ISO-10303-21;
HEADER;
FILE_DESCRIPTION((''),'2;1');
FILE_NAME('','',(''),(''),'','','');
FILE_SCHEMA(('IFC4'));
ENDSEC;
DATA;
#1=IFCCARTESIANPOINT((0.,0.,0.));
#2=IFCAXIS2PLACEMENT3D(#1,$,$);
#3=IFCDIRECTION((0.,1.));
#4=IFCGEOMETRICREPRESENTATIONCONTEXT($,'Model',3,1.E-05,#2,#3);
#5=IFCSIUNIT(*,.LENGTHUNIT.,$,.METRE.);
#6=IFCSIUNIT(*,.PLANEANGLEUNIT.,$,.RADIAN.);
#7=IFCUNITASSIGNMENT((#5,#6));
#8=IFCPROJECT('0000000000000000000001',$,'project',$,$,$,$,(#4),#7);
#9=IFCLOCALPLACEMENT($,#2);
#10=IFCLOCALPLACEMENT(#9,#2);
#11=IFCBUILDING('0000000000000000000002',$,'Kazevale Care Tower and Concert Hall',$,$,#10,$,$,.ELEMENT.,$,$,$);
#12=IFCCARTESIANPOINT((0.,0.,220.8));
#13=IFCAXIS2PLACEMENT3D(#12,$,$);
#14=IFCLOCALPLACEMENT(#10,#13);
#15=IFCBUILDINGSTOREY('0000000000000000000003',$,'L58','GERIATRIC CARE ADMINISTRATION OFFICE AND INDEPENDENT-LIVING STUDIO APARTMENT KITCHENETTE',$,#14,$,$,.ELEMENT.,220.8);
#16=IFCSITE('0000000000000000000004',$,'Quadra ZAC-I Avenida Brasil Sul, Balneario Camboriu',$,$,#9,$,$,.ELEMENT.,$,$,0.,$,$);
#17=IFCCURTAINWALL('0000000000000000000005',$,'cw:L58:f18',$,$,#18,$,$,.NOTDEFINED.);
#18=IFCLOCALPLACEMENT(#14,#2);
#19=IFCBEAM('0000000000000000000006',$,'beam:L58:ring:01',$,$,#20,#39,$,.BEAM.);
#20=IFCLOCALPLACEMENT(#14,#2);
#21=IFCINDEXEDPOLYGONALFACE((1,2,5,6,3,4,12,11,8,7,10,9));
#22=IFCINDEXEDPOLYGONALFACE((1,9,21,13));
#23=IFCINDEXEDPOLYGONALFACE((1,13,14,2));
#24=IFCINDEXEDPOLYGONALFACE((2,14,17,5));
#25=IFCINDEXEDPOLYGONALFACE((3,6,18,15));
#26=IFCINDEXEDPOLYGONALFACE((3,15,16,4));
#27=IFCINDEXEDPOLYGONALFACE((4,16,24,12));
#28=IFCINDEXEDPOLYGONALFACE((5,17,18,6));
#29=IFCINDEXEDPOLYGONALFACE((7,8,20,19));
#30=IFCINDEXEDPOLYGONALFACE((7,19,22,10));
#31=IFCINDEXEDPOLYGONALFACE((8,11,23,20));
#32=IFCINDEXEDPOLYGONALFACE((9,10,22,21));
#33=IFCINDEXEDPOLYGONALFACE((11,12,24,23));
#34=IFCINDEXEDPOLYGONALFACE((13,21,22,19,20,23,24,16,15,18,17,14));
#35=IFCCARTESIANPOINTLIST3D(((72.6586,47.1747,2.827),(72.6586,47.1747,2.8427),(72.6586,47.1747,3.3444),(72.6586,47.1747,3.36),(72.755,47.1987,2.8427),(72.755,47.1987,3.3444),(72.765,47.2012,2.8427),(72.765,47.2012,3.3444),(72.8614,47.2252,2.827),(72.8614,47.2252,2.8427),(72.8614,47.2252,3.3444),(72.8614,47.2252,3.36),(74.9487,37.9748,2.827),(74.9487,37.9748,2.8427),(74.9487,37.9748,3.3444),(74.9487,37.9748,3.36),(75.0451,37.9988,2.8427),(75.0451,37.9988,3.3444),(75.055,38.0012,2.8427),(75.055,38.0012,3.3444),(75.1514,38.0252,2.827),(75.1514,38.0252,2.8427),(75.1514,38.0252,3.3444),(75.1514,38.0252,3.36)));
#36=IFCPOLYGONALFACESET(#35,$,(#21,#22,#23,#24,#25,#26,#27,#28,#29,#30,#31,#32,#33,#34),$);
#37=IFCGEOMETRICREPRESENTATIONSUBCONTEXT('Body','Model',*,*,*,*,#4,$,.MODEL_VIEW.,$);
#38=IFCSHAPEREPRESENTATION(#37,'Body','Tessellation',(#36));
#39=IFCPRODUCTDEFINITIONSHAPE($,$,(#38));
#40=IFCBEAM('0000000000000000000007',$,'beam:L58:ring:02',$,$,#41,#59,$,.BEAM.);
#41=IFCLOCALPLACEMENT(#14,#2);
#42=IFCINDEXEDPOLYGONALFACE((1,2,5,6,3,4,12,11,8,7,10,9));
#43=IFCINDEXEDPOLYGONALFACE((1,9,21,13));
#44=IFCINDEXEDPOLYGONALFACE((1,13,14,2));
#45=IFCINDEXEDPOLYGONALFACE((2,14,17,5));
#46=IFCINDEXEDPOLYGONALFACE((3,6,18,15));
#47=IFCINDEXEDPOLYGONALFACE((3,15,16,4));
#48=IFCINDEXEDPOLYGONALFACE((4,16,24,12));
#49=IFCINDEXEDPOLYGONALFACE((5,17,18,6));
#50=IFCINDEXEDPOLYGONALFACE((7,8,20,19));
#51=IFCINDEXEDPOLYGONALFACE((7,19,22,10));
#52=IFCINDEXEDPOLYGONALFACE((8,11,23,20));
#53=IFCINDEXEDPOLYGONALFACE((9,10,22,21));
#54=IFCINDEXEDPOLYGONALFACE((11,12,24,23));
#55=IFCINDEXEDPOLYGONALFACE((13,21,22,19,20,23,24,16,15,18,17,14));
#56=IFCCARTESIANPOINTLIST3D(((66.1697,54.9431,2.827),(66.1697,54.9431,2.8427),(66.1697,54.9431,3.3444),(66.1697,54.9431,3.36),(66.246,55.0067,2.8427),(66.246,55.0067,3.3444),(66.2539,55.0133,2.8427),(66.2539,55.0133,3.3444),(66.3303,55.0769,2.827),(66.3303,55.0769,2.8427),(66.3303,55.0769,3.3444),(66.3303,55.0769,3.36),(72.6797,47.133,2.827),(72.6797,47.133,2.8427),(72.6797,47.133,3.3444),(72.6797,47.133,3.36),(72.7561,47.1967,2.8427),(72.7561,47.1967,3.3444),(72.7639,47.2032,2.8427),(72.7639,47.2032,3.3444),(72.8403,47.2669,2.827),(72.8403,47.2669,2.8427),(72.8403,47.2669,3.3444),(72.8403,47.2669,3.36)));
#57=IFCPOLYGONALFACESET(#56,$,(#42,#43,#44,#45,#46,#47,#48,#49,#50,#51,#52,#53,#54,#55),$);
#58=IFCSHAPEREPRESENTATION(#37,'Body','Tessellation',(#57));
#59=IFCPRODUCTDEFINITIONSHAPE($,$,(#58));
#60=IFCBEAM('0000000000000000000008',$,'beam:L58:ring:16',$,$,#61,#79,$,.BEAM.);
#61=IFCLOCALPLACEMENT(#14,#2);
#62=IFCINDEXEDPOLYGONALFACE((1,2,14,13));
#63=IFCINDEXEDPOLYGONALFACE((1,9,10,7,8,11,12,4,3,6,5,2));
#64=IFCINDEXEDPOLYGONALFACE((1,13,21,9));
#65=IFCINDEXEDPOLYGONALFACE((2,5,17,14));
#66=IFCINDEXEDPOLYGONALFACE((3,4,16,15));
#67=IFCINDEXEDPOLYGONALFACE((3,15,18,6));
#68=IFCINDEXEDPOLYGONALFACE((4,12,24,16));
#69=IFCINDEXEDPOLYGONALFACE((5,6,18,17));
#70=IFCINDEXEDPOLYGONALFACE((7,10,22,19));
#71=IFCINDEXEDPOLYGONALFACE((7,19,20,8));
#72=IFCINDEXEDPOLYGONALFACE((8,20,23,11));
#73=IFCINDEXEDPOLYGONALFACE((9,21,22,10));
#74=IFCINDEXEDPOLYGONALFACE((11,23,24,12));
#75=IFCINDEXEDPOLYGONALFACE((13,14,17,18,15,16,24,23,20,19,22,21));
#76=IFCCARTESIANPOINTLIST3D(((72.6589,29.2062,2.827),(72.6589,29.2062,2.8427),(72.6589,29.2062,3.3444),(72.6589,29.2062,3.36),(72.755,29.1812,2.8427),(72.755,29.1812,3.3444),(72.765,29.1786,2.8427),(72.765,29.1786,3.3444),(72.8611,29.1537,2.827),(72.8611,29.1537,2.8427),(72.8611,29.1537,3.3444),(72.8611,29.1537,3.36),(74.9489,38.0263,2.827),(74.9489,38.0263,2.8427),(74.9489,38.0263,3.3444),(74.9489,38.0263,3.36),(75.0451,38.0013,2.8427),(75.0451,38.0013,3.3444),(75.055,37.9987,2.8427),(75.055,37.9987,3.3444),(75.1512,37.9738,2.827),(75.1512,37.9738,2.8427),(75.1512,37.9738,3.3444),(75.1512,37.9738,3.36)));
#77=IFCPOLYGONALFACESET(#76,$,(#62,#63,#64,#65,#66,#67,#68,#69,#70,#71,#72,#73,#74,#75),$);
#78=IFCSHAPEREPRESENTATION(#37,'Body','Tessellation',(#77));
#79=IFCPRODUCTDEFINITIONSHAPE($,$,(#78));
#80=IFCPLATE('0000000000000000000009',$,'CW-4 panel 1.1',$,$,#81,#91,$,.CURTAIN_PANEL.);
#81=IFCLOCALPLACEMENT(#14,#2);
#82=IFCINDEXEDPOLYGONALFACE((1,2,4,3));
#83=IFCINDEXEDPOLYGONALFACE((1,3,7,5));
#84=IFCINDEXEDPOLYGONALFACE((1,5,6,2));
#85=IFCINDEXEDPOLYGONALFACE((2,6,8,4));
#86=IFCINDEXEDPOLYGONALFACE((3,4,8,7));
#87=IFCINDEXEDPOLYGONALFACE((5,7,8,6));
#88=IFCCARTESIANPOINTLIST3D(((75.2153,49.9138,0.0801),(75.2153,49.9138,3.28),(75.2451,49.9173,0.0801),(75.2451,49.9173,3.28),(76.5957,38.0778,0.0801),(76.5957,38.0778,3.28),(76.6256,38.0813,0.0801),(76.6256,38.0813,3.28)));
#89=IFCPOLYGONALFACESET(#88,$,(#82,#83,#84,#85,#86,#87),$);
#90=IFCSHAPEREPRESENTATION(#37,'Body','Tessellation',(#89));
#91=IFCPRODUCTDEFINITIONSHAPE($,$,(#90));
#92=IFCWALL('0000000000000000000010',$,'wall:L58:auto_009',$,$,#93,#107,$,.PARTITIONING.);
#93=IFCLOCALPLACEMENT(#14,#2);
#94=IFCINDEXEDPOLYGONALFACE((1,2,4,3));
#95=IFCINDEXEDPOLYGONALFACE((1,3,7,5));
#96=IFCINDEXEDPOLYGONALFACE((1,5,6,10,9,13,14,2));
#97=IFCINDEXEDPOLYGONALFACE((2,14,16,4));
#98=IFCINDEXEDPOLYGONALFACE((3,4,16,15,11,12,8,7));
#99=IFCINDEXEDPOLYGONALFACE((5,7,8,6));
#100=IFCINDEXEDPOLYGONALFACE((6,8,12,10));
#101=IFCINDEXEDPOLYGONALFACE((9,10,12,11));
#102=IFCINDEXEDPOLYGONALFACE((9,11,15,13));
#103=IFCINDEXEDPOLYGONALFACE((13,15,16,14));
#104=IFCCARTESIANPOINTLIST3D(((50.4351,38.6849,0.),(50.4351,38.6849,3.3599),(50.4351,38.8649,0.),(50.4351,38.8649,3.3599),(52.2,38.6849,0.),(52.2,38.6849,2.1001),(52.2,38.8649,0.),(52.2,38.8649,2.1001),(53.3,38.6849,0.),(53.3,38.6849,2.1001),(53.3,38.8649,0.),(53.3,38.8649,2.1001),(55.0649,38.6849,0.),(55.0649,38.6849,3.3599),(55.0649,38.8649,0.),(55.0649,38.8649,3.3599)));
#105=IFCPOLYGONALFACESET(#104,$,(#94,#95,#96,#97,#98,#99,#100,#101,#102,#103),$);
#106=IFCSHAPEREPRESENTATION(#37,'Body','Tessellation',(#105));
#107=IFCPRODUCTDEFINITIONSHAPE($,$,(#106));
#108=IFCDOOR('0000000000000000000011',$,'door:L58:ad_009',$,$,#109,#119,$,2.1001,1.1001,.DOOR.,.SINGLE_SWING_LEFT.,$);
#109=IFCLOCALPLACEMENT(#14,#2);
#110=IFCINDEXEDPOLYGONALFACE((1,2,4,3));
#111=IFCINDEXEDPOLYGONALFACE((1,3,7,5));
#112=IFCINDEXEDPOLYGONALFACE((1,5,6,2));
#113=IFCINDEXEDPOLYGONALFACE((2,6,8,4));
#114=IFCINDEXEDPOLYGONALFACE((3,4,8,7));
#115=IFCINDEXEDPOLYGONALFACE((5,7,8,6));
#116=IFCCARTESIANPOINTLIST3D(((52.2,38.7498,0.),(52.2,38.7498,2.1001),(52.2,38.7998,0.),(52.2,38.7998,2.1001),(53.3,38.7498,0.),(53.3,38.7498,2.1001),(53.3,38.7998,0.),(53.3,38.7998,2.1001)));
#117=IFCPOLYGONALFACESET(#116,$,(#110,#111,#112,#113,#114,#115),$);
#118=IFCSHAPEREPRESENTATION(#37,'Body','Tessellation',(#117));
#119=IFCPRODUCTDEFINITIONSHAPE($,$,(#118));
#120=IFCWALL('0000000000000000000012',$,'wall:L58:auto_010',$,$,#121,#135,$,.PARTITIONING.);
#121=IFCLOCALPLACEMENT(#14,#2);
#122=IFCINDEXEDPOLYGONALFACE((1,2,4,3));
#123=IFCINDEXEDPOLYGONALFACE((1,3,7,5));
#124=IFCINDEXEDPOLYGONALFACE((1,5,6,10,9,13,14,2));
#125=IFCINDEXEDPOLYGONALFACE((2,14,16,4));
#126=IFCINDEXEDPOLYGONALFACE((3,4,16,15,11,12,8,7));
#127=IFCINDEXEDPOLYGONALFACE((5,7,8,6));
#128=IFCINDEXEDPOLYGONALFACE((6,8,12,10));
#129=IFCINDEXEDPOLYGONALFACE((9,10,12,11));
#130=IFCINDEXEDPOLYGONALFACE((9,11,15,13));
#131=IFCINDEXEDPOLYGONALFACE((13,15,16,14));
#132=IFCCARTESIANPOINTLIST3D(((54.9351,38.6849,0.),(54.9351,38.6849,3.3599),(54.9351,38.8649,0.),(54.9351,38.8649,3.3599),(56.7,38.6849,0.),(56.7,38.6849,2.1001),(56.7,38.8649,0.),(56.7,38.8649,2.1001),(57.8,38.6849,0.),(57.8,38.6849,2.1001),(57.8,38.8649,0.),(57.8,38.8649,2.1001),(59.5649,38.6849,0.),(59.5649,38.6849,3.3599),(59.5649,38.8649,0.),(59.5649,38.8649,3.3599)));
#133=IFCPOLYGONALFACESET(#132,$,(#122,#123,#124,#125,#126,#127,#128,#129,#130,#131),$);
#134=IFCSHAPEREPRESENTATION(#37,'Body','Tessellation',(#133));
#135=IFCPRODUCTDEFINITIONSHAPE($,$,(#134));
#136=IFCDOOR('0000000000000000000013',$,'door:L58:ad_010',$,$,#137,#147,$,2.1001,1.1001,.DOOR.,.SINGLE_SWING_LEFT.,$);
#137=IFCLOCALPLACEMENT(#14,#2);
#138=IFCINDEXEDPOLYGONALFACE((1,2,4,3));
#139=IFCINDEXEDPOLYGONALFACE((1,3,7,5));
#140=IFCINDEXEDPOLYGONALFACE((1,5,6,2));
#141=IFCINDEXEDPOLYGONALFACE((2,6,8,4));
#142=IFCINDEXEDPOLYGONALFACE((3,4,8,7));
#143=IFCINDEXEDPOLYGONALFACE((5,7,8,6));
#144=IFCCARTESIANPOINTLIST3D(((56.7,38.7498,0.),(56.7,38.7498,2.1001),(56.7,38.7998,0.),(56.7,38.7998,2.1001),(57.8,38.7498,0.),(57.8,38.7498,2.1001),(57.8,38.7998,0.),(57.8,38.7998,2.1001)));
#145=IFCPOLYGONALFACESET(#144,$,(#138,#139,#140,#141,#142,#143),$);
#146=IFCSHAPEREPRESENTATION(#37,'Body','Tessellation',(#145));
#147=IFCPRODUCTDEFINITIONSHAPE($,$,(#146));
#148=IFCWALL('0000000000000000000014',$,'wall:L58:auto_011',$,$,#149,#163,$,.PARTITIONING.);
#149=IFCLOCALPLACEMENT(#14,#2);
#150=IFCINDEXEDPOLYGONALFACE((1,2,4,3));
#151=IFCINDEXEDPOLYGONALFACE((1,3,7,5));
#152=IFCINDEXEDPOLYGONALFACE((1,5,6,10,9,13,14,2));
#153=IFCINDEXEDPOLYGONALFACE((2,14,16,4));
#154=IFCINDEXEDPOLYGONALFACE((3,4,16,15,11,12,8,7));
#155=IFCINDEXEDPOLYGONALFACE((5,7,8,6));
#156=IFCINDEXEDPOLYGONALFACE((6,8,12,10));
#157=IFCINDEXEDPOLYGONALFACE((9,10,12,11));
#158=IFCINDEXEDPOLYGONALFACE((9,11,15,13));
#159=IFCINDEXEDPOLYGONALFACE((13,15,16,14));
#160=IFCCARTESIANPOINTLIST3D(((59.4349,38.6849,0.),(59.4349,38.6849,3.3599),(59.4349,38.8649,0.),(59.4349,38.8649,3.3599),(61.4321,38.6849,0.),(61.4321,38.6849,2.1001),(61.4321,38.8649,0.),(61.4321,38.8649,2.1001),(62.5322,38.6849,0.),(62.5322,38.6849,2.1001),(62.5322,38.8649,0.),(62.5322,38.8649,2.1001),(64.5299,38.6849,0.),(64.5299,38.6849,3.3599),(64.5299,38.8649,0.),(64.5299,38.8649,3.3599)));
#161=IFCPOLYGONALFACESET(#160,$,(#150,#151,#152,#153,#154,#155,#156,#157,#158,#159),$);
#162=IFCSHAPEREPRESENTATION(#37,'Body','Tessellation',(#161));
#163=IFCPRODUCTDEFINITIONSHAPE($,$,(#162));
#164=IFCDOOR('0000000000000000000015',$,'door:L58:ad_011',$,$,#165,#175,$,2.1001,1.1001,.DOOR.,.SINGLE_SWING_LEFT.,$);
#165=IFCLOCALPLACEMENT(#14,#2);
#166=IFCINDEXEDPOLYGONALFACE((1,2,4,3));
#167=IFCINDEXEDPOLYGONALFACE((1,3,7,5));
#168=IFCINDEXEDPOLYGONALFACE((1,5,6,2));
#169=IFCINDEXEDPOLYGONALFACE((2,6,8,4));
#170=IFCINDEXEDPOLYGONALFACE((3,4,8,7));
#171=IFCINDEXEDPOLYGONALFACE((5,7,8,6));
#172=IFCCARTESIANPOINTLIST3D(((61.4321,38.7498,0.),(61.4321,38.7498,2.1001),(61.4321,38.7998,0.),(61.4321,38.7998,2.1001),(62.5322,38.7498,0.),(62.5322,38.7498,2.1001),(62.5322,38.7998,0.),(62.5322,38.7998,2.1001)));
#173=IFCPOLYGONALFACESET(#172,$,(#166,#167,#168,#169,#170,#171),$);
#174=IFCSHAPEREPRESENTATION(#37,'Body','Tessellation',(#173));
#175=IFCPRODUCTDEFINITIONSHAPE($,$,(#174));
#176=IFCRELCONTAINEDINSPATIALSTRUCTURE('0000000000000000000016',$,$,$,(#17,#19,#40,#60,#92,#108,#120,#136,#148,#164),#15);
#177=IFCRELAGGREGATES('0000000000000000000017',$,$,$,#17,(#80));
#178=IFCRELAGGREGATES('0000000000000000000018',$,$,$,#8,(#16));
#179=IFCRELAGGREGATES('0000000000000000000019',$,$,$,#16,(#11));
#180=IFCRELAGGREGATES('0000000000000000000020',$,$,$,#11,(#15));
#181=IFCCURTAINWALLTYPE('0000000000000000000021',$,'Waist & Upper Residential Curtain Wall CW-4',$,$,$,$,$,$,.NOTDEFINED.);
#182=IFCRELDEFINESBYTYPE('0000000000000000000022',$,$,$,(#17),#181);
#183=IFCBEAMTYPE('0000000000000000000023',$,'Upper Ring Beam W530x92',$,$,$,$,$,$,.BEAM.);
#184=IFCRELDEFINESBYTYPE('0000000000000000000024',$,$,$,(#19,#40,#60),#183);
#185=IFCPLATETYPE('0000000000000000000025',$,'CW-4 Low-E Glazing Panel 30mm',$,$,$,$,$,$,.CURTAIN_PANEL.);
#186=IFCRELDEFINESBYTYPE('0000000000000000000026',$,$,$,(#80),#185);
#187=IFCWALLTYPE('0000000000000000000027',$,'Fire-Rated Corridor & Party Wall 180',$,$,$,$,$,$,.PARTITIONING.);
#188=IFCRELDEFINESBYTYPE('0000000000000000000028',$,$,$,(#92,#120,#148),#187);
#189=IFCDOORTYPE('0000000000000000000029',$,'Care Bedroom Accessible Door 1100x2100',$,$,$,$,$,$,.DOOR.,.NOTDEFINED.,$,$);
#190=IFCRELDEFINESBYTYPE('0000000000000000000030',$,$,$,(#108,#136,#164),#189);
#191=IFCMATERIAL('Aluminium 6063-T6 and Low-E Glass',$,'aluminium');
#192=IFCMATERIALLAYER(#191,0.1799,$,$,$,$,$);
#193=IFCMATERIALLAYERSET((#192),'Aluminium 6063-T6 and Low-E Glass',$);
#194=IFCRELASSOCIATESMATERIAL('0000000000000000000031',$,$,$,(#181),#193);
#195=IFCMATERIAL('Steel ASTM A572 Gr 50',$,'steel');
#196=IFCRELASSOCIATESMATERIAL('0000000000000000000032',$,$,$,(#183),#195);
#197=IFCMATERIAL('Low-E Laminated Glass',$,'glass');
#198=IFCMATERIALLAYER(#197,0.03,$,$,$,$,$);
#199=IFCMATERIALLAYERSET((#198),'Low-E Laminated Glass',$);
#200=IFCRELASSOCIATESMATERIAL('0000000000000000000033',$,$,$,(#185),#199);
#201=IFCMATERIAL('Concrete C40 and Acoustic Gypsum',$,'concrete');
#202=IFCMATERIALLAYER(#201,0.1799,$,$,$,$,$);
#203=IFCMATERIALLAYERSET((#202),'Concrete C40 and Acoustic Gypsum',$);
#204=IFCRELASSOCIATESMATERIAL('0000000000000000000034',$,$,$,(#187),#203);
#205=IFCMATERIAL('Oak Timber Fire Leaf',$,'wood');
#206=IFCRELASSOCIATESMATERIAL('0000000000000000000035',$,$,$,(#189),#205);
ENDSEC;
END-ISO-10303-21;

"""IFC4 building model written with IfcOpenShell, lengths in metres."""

from ifc_helpers import new_model, si_unit, direction, frame, frame_2d, origin, origin_2d, place, context, subcontext, project, spatial, rectangle, i_section, extrude, material, layer, layer_set, material_profile, profile_set, type_object, element, fill, aggregate, save


model = new_model("IFC4")

# Units and contexts
model_context = context("Model", 3, precision=1e-05, world=origin(), true_north=direction((0.0, 1.0)))
body_context = subcontext(model_context, "Body", "Model", "MODEL_VIEW")
ifc_project = project(units=[si_unit("LENGTHUNIT", "METRE"), si_unit("PLANEANGLEUNIT", "RADIAN")], contexts=[model_context])

# Site, building, storey
site_placement = place(None, origin())
site = spatial("IfcSite", under=ifc_project, at=site_placement, Name="Quadra ZAC-I Avenida Brasil Sul, Balneario Camboriu", CompositionType="ELEMENT", RefElevation=0.0)
building_placement = place(site_placement, origin())
building = spatial("IfcBuilding", under=site, at=building_placement, Name="Kazevale Care Tower and Concert Hall", CompositionType="ELEMENT")
storey_placement = place(building_placement, frame((0.0, 0.0, 220.8)))
storey = spatial("IfcBuildingStorey", under=building, at=storey_placement, Name="L58", Description="GERIATRIC CARE ADMINISTRATION OFFICE AND INDEPENDENT-LIVING STUDIO APARTMENT KITCHENETTE", CompositionType="ELEMENT", Elevation=220.8)

# Curtain wall
ifc_material_1 = material(Name="Aluminium 6063-T6 and Low-E Glass", Category="aluminium")
ifc_layer_1 = layer(ifc_material_1, 0.1799)
ifc_layer_set_1 = layer_set([ifc_layer_1], Name="Aluminium 6063-T6 and Low-E Glass")
curtain_wall_type = type_object("IfcCurtainWallType", Name="Waist & Upper Residential Curtain Wall CW-4", PredefinedType="NOTDEFINED", material=ifc_layer_set_1)
curtain_wall_placement = place(storey_placement, origin())
curtain_wall = element("IfcCurtainWall", 1, at=curtain_wall_placement, inside=storey, type_object=curtain_wall_type, Name="cw:L58:f18", PredefinedType="NOTDEFINED")

# Beams
ifc_material_2 = material(Name="Steel ASTM A572 Gr 50", Category="steel")
ifc_material_profile_1 = material_profile(ifc_material_2, i_section(OverallWidth=0.209, OverallDepth=0.533, WebThickness=0.0103, FlangeThickness=0.0156, at=origin_2d()), Name="W530x92")
ifc_profile_set_1 = profile_set([ifc_material_profile_1], Name="Steel ASTM A572 Gr 50")
beam_type_1 = type_object("IfcBeamType", Name="Upper Ring Beam W530x92", PredefinedType="BEAM", material=ifc_profile_set_1)
beam_1_placement = place(storey_placement, frame((75.05, 38.0, 3.0935), z_axis=(-0.241548, 0.970389, 0.0), x_axis=(-0.970389, -0.241548, 0.0)))
element("IfcBeam", 2, at=beam_1_placement, inside=storey, type_object=beam_type_1, Name="beam:L58:ring:01", PredefinedType="BEAM", context=body_context, shape_type="SweptSolid", body=[
    extrude(i_section(OverallWidth=0.209, OverallDepth=0.533, WebThickness=0.0103, FlangeThickness=0.0156, at=origin_2d()), origin(), (0.0, 0.0, 1.0), 9.4807),
])
beam_2_placement = place(storey_placement, frame((72.76, 47.2, 3.0935), z_axis=(-0.640279, 0.768143, 0.0), x_axis=(-0.768143, -0.640279, 0.0)))
element("IfcBeam", 3, at=beam_2_placement, inside=storey, type_object=beam_type_1, Name="beam:L58:ring:02", PredefinedType="BEAM", context=body_context, shape_type="SweptSolid", body=[
    extrude(i_section(OverallWidth=0.209, OverallDepth=0.533, WebThickness=0.0103, FlangeThickness=0.0156, at=origin_2d()), origin(), (0.0, 0.0, 1.0), 10.1675),
])
beam_3_placement = place(storey_placement, frame((72.76, 29.1799, 3.0935), z_axis=(0.251307, 0.967907, 0.0), x_axis=(-0.967907, 0.251307, 0.0)))
element("IfcBeam", 4, at=beam_3_placement, inside=storey, type_object=beam_type_1, Name="beam:L58:ring:16", PredefinedType="BEAM", context=body_context, shape_type="SweptSolid", body=[
    extrude(i_section(OverallWidth=0.209, OverallDepth=0.533, WebThickness=0.0103, FlangeThickness=0.0156, at=origin_2d()), origin(), (0.0, 0.0, 1.0), 9.1125),
])

# Plate
ifc_material_3 = material(Name="Low-E Laminated Glass", Category="glass")
ifc_layer_2 = layer(ifc_material_3, 0.03)
ifc_layer_set_2 = layer_set([ifc_layer_2], Name="Low-E Laminated Glass")
plate_type = type_object("IfcPlateType", Name="CW-4 Low-E Glazing Panel 30mm", PredefinedType="CURTAIN_PANEL", material=ifc_layer_set_2)
plate_placement = place(storey_placement, frame((75.9204, 43.9976, 0.0801), z_axis=(0.0, 0.0, 1.0), x_axis=(0.115847, -0.993267, 0.0)))
plate = element("IfcPlate", 5, at=plate_placement, type_object=plate_type, Name="CW-4 panel 1.1", PredefinedType="CURTAIN_PANEL", context=body_context, shape_type="SweptSolid", body=[
    extrude(rectangle(XDim=11.9163, YDim=0.03, at=origin_2d()), origin(), (0.0, 0.0, 1.0), 3.2),
])
aggregate(curtain_wall, [plate])

# Walls, openings, doors
ifc_material_4 = material(Name="Concrete C40 and Acoustic Gypsum", Category="concrete")
ifc_layer_3 = layer(ifc_material_4, 0.1799)
ifc_layer_set_3 = layer_set([ifc_layer_3], Name="Concrete C40 and Acoustic Gypsum")
wall_type_1 = type_object("IfcWallType", Name="Fire-Rated Corridor & Party Wall 180", PredefinedType="PARTITIONING", material=ifc_layer_set_3)
wall_1_placement = place(storey_placement, frame((50.4351, 38.7749, 0.0), z_axis=(0.0, 0.0, 1.0), x_axis=(1.0, 0.0, 0.0)))
wall_1 = element("IfcWall", 6, at=wall_1_placement, inside=storey, type_object=wall_type_1, Name="wall:L58:auto_009", PredefinedType="PARTITIONING", context=body_context, shape_type="SweptSolid", body=[
    extrude(rectangle(XDim=4.6299, YDim=0.1799, at=frame_2d((2.3149, 0.0))), origin(), (0.0, 0.0, 1.0), 3.3599),
])
opening_1_placement = place(wall_1_placement, frame((1.7649, 0.0, 0.0)))
opening_1 = element("IfcOpeningElement", 7, at=opening_1_placement, cuts=wall_1, PredefinedType="OPENING", context=body_context, shape_type="SweptSolid", body=[
    extrude(rectangle(XDim=1.1001, YDim=2.1001, at=frame_2d((0.55, 1.05))), frame((0.0, 0.0999, 0.0), z_axis=(0.0, -1.0, 0.0), x_axis=(1.0, 0.0, 0.0)), (0.0, 0.0, 1.0), 0.2),
])
ifc_material_5 = material(Name="Oak Timber Fire Leaf", Category="wood")
door_type = type_object("IfcDoorType", Name="Care Bedroom Accessible Door 1100x2100", OperationType="NOTDEFINED", PredefinedType="DOOR", material=ifc_material_5)
door_1_placement = place(opening_1_placement, origin())
door_1 = element("IfcDoor", 8, at=door_1_placement, inside=storey, type_object=door_type, Name="door:L58:ad_009", OperationType="SINGLE_SWING_LEFT", OverallHeight=2.1001, OverallWidth=1.1001, PredefinedType="DOOR", context=body_context, shape_type="SweptSolid", body=[
    extrude(rectangle(XDim=1.1001, YDim=2.1001, at=frame_2d((0.55, 1.05))), frame((0.0, 0.0249, 0.0), z_axis=(0.0, -1.0, 0.0), x_axis=(1.0, 0.0, 0.0)), (0.0, 0.0, 1.0), 0.05),
])
fill(opening_1, door_1)
wall_2_placement = place(storey_placement, frame((54.9351, 38.7749, 0.0), z_axis=(0.0, 0.0, 1.0), x_axis=(1.0, 0.0, 0.0)))
wall_2 = element("IfcWall", 9, at=wall_2_placement, inside=storey, type_object=wall_type_1, Name="wall:L58:auto_010", PredefinedType="PARTITIONING", context=body_context, shape_type="SweptSolid", body=[
    extrude(rectangle(XDim=4.6299, YDim=0.1799, at=frame_2d((2.3149, 0.0))), origin(), (0.0, 0.0, 1.0), 3.3599),
])
opening_2_placement = place(wall_2_placement, frame((1.7649, 0.0, 0.0)))
opening_2 = element("IfcOpeningElement", 10, at=opening_2_placement, cuts=wall_2, PredefinedType="OPENING", context=body_context, shape_type="SweptSolid", body=[
    extrude(rectangle(XDim=1.1001, YDim=2.1001, at=frame_2d((0.55, 1.05))), frame((0.0, 0.0999, 0.0), z_axis=(0.0, -1.0, 0.0), x_axis=(1.0, 0.0, 0.0)), (0.0, 0.0, 1.0), 0.2),
])
door_2_placement = place(opening_2_placement, origin())
door_2 = element("IfcDoor", 11, at=door_2_placement, inside=storey, type_object=door_type, Name="door:L58:ad_010", OperationType="SINGLE_SWING_LEFT", OverallHeight=2.1001, OverallWidth=1.1001, PredefinedType="DOOR", context=body_context, shape_type="SweptSolid", body=[
    extrude(rectangle(XDim=1.1001, YDim=2.1001, at=frame_2d((0.55, 1.05))), frame((0.0, 0.0249, 0.0), z_axis=(0.0, -1.0, 0.0), x_axis=(1.0, 0.0, 0.0)), (0.0, 0.0, 1.0), 0.05),
])
fill(opening_2, door_2)
wall_3_placement = place(storey_placement, frame((59.4351, 38.7749, 0.0), z_axis=(0.0, 0.0, 1.0), x_axis=(1.0, 0.0, 0.0)))
wall_3 = element("IfcWall", 12, at=wall_3_placement, inside=storey, type_object=wall_type_1, Name="wall:L58:auto_011", PredefinedType="PARTITIONING", context=body_context, shape_type="SweptSolid", body=[
    extrude(rectangle(XDim=5.095, YDim=0.1799, at=frame_2d((2.5474, 0.0))), origin(), (0.0, 0.0, 1.0), 3.3599),
])
opening_3_placement = place(wall_3_placement, frame((1.9971, 0.0, 0.0)))
opening_3 = element("IfcOpeningElement", 13, at=opening_3_placement, cuts=wall_3, PredefinedType="OPENING", context=body_context, shape_type="SweptSolid", body=[
    extrude(rectangle(XDim=1.1001, YDim=2.1001, at=frame_2d((0.55, 1.05))), frame((0.0, 0.0999, 0.0), z_axis=(0.0, -1.0, 0.0), x_axis=(1.0, 0.0, 0.0)), (0.0, 0.0, 1.0), 0.2),
])
door_3_placement = place(opening_3_placement, origin())
door_3 = element("IfcDoor", 14, at=door_3_placement, inside=storey, type_object=door_type, Name="door:L58:ad_011", OperationType="SINGLE_SWING_LEFT", OverallHeight=2.1001, OverallWidth=1.1001, PredefinedType="DOOR", context=body_context, shape_type="SweptSolid", body=[
    extrude(rectangle(XDim=1.1001, YDim=2.1001, at=frame_2d((0.55, 1.05))), frame((0.0, 0.0249, 0.0), z_axis=(0.0, -1.0, 0.0), x_axis=(1.0, 0.0, 0.0)), (0.0, 0.0, 1.0), 0.05),
])
fill(opening_3, door_3)

save(model, "model.ifc")
